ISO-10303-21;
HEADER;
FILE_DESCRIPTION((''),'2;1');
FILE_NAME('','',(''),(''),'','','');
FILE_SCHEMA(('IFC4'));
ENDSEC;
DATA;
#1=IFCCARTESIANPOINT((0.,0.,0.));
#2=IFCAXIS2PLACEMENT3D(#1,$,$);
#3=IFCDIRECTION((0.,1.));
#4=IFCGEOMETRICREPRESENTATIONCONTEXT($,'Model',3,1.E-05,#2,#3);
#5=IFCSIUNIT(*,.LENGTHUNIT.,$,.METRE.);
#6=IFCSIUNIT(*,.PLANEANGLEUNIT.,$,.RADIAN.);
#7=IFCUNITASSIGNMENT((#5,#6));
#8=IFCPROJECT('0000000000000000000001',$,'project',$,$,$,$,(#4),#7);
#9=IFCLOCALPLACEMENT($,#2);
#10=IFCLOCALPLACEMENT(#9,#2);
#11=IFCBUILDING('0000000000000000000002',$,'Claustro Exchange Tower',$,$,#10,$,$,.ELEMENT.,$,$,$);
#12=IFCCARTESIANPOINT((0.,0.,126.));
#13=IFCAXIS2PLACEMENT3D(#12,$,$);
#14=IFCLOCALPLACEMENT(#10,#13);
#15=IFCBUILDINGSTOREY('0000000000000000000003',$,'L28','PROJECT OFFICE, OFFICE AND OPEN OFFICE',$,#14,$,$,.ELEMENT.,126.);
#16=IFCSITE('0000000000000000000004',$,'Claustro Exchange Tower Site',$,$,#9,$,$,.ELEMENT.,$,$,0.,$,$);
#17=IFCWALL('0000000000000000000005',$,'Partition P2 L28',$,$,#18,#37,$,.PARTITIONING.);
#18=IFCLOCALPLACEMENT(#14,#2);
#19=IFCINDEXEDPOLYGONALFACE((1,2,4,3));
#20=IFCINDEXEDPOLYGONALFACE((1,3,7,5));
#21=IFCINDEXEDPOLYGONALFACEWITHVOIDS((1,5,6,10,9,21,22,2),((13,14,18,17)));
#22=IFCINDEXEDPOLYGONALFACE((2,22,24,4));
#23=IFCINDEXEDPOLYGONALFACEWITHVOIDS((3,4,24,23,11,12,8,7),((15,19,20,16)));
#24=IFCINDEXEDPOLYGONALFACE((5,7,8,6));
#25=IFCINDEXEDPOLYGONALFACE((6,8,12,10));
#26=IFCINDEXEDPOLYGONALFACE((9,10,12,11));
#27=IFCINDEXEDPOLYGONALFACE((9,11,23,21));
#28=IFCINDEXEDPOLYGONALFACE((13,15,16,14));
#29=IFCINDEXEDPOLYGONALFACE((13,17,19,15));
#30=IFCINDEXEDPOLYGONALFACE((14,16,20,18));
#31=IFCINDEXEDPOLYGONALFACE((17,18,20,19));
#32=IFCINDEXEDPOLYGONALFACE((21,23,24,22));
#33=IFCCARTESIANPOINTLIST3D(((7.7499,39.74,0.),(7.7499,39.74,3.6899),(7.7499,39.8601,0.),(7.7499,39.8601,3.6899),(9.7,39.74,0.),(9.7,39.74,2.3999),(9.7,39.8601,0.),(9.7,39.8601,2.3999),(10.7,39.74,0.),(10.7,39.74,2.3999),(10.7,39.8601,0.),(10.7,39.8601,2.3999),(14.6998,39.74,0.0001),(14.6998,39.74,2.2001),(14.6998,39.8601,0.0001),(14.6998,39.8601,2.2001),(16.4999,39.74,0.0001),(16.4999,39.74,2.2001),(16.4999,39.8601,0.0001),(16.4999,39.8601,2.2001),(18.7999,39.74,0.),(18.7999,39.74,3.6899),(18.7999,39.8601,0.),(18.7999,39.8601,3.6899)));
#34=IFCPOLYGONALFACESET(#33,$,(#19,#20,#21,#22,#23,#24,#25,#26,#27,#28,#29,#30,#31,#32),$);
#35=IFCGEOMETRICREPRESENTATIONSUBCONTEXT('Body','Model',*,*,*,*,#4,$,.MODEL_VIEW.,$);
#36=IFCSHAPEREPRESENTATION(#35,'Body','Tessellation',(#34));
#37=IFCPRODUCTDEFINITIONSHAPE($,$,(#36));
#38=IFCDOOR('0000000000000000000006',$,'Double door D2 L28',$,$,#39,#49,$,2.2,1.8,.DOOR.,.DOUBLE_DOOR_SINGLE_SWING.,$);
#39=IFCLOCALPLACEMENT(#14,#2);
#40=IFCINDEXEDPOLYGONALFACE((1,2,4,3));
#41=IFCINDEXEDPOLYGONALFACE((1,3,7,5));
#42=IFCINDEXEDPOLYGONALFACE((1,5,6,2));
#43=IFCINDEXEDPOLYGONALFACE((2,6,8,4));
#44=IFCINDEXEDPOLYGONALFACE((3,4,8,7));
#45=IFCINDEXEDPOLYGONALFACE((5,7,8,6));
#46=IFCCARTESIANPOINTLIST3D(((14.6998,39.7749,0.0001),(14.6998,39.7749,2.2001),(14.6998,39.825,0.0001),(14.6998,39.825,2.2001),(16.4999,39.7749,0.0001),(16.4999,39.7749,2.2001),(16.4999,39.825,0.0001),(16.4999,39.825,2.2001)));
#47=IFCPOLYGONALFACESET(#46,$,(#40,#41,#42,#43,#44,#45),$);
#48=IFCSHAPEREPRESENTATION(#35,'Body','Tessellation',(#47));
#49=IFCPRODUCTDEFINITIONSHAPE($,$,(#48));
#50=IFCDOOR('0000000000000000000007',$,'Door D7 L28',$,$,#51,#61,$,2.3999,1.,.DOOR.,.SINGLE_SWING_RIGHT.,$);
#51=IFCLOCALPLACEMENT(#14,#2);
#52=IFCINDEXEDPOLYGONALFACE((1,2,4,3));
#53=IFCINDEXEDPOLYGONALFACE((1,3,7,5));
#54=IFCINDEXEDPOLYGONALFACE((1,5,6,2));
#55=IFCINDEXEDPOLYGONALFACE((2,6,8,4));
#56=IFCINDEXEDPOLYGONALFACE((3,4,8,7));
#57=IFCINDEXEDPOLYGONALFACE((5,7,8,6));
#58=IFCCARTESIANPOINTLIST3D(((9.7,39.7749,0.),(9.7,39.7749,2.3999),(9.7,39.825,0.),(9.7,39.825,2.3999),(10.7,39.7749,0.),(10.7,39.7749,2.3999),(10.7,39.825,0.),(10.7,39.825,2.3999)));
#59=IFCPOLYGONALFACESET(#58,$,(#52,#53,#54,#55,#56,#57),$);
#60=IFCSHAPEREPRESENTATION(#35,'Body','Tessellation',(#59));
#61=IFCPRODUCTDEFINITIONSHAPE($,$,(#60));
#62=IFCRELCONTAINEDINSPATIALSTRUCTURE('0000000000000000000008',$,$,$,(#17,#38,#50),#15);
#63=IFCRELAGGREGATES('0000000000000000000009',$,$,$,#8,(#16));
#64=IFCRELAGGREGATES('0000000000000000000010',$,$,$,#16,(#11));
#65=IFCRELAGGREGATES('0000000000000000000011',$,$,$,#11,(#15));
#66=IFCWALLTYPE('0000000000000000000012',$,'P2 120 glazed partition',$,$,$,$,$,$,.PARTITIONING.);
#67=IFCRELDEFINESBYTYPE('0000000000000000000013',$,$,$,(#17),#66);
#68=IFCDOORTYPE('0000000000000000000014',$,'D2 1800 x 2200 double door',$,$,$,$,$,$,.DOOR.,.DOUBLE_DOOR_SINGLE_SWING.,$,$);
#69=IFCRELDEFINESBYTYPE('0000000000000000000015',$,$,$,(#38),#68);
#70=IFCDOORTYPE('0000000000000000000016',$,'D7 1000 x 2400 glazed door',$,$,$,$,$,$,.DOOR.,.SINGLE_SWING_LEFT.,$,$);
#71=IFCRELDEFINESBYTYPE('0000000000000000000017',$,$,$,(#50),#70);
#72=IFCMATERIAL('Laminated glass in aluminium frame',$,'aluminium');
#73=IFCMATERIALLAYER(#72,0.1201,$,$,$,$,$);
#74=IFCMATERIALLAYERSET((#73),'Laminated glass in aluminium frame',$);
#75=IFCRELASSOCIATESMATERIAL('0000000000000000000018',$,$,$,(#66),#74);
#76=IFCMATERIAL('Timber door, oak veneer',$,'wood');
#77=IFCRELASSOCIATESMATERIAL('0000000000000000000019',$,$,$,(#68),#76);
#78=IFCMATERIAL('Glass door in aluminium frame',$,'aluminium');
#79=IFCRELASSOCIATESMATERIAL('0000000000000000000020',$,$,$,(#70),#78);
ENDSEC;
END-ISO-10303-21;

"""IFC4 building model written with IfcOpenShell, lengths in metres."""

from ifc_helpers import new_model, si_unit, direction, frame, frame_2d, origin, place, context, subcontext, project, spatial, rectangle, extrude, material, layer, layer_set, type_object, element, fill, save


model = new_model("IFC4")

# Units and contexts
model_context = context("Model", 3, precision=1e-05, world=origin(), true_north=direction((0.0, 1.0)))
body_context = subcontext(model_context, "Body", "Model", "MODEL_VIEW")
ifc_project = project(units=[si_unit("LENGTHUNIT", "METRE"), si_unit("PLANEANGLEUNIT", "RADIAN")], contexts=[model_context])

# Site, building, storey
site_placement = place(None, origin())
site = spatial("IfcSite", under=ifc_project, at=site_placement, Name="Claustro Exchange Tower Site", CompositionType="ELEMENT", RefElevation=0.0)
building_placement = place(site_placement, origin())
building = spatial("IfcBuilding", under=site, at=building_placement, Name="Claustro Exchange Tower", CompositionType="ELEMENT")
storey_placement = place(building_placement, frame((0.0, 0.0, 126.0)))
storey = spatial("IfcBuildingStorey", under=building, at=storey_placement, Name="L28", Description="PROJECT OFFICE, OFFICE AND OPEN OFFICE", CompositionType="ELEMENT", Elevation=126.0)

# Shared definitions
ifc_material_1 = material(Name="Laminated glass in aluminium frame", Category="aluminium")
ifc_layer = layer(ifc_material_1, 0.1201)
ifc_layer_set = layer_set([ifc_layer], Name="Laminated glass in aluminium frame")
wall_type = type_object("IfcWallType", Name="P2 120 glazed partition", PredefinedType="PARTITIONING", material=ifc_layer_set)

# Wall, openings, doors
wall_1_placement = place(storey_placement, frame((7.75, 39.8, 0.0), z_axis=(0.0, 0.0, 1.0), x_axis=(1.0, 0.0, 0.0)))
wall_1 = element("IfcWall", 1, at=wall_1_placement, inside=storey, type_object=wall_type, Name="Partition P2 L28", PredefinedType="PARTITIONING", context=body_context, shape_type="SweptSolid", body=[
    extrude(rectangle(XDim=11.05, YDim=0.1201, at=frame_2d((5.5249, 0.0))), origin(), (0.0, 0.0, 1.0), 3.6899),
])
opening_1_placement = place(wall_1_placement, frame((1.95, 0.0, 0.0)))
opening_1 = element("IfcOpeningElement", 2, at=opening_1_placement, cuts=wall_1, PredefinedType="OPENING", context=body_context, shape_type="SweptSolid", body=[
    extrude(rectangle(XDim=1.0, YDim=2.3999, at=frame_2d((0.5, 1.2))), frame((0.0, 0.0701, 0.0), z_axis=(0.0, -1.0, 0.0), x_axis=(1.0, 0.0, 0.0)), (0.0, 0.0, 1.0), 0.1401),
])
opening_2_placement = place(wall_1_placement, frame((6.95, 0.0, 0.0)))
opening_2 = element("IfcOpeningElement", 3, at=opening_2_placement, cuts=wall_1, PredefinedType="OPENING", context=body_context, shape_type="SweptSolid", body=[
    extrude(rectangle(XDim=1.8, YDim=2.2, at=frame_2d((0.8999, 1.1001))), frame((0.0, 0.0701, 0.0), z_axis=(0.0, -1.0, 0.0), x_axis=(1.0, 0.0, 0.0)), (0.0, 0.0, 1.0), 0.1401),
])
ifc_material_2 = material(Name="Timber door, oak veneer", Category="wood")
door_type_1 = type_object("IfcDoorType", Name="D2 1800 x 2200 double door", OperationType="DOUBLE_DOOR_SINGLE_SWING", PredefinedType="DOOR", material=ifc_material_2)
door_1_placement = place(opening_2_placement, origin())
door_1 = element("IfcDoor", 4, at=door_1_placement, inside=storey, type_object=door_type_1, Name="Double door D2 L28", OperationType="DOUBLE_DOOR_SINGLE_SWING", OverallHeight=2.2, OverallWidth=1.8, PredefinedType="DOOR", context=body_context, shape_type="SweptSolid", body=[
    extrude(rectangle(XDim=1.8, YDim=2.2, at=frame_2d((0.8999, 1.1001))), frame((0.0, 0.0249, 0.0), z_axis=(0.0, -1.0, 0.0), x_axis=(1.0, 0.0, 0.0)), (0.0, 0.0, 1.0), 0.05),
])
fill(opening_2, door_1)
ifc_material_3 = material(Name="Glass door in aluminium frame", Category="aluminium")
door_type_2 = type_object("IfcDoorType", Name="D7 1000 x 2400 glazed door", OperationType="SINGLE_SWING_LEFT", PredefinedType="DOOR", material=ifc_material_3)
door_2_placement = place(opening_1_placement, origin())
door_2 = element("IfcDoor", 5, at=door_2_placement, inside=storey, type_object=door_type_2, Name="Door D7 L28", OperationType="SINGLE_SWING_RIGHT", OverallHeight=2.3999, OverallWidth=1.0, PredefinedType="DOOR", context=body_context, shape_type="SweptSolid", body=[
    extrude(rectangle(XDim=1.0, YDim=2.3999, at=frame_2d((0.5, 1.2))), frame((0.0, 0.0249, 0.0), z_axis=(0.0, -1.0, 0.0), x_axis=(1.0, 0.0, 0.0)), (0.0, 0.0, 1.0), 0.05),
])
fill(opening_1, door_2)

save(model, "model.ifc")
